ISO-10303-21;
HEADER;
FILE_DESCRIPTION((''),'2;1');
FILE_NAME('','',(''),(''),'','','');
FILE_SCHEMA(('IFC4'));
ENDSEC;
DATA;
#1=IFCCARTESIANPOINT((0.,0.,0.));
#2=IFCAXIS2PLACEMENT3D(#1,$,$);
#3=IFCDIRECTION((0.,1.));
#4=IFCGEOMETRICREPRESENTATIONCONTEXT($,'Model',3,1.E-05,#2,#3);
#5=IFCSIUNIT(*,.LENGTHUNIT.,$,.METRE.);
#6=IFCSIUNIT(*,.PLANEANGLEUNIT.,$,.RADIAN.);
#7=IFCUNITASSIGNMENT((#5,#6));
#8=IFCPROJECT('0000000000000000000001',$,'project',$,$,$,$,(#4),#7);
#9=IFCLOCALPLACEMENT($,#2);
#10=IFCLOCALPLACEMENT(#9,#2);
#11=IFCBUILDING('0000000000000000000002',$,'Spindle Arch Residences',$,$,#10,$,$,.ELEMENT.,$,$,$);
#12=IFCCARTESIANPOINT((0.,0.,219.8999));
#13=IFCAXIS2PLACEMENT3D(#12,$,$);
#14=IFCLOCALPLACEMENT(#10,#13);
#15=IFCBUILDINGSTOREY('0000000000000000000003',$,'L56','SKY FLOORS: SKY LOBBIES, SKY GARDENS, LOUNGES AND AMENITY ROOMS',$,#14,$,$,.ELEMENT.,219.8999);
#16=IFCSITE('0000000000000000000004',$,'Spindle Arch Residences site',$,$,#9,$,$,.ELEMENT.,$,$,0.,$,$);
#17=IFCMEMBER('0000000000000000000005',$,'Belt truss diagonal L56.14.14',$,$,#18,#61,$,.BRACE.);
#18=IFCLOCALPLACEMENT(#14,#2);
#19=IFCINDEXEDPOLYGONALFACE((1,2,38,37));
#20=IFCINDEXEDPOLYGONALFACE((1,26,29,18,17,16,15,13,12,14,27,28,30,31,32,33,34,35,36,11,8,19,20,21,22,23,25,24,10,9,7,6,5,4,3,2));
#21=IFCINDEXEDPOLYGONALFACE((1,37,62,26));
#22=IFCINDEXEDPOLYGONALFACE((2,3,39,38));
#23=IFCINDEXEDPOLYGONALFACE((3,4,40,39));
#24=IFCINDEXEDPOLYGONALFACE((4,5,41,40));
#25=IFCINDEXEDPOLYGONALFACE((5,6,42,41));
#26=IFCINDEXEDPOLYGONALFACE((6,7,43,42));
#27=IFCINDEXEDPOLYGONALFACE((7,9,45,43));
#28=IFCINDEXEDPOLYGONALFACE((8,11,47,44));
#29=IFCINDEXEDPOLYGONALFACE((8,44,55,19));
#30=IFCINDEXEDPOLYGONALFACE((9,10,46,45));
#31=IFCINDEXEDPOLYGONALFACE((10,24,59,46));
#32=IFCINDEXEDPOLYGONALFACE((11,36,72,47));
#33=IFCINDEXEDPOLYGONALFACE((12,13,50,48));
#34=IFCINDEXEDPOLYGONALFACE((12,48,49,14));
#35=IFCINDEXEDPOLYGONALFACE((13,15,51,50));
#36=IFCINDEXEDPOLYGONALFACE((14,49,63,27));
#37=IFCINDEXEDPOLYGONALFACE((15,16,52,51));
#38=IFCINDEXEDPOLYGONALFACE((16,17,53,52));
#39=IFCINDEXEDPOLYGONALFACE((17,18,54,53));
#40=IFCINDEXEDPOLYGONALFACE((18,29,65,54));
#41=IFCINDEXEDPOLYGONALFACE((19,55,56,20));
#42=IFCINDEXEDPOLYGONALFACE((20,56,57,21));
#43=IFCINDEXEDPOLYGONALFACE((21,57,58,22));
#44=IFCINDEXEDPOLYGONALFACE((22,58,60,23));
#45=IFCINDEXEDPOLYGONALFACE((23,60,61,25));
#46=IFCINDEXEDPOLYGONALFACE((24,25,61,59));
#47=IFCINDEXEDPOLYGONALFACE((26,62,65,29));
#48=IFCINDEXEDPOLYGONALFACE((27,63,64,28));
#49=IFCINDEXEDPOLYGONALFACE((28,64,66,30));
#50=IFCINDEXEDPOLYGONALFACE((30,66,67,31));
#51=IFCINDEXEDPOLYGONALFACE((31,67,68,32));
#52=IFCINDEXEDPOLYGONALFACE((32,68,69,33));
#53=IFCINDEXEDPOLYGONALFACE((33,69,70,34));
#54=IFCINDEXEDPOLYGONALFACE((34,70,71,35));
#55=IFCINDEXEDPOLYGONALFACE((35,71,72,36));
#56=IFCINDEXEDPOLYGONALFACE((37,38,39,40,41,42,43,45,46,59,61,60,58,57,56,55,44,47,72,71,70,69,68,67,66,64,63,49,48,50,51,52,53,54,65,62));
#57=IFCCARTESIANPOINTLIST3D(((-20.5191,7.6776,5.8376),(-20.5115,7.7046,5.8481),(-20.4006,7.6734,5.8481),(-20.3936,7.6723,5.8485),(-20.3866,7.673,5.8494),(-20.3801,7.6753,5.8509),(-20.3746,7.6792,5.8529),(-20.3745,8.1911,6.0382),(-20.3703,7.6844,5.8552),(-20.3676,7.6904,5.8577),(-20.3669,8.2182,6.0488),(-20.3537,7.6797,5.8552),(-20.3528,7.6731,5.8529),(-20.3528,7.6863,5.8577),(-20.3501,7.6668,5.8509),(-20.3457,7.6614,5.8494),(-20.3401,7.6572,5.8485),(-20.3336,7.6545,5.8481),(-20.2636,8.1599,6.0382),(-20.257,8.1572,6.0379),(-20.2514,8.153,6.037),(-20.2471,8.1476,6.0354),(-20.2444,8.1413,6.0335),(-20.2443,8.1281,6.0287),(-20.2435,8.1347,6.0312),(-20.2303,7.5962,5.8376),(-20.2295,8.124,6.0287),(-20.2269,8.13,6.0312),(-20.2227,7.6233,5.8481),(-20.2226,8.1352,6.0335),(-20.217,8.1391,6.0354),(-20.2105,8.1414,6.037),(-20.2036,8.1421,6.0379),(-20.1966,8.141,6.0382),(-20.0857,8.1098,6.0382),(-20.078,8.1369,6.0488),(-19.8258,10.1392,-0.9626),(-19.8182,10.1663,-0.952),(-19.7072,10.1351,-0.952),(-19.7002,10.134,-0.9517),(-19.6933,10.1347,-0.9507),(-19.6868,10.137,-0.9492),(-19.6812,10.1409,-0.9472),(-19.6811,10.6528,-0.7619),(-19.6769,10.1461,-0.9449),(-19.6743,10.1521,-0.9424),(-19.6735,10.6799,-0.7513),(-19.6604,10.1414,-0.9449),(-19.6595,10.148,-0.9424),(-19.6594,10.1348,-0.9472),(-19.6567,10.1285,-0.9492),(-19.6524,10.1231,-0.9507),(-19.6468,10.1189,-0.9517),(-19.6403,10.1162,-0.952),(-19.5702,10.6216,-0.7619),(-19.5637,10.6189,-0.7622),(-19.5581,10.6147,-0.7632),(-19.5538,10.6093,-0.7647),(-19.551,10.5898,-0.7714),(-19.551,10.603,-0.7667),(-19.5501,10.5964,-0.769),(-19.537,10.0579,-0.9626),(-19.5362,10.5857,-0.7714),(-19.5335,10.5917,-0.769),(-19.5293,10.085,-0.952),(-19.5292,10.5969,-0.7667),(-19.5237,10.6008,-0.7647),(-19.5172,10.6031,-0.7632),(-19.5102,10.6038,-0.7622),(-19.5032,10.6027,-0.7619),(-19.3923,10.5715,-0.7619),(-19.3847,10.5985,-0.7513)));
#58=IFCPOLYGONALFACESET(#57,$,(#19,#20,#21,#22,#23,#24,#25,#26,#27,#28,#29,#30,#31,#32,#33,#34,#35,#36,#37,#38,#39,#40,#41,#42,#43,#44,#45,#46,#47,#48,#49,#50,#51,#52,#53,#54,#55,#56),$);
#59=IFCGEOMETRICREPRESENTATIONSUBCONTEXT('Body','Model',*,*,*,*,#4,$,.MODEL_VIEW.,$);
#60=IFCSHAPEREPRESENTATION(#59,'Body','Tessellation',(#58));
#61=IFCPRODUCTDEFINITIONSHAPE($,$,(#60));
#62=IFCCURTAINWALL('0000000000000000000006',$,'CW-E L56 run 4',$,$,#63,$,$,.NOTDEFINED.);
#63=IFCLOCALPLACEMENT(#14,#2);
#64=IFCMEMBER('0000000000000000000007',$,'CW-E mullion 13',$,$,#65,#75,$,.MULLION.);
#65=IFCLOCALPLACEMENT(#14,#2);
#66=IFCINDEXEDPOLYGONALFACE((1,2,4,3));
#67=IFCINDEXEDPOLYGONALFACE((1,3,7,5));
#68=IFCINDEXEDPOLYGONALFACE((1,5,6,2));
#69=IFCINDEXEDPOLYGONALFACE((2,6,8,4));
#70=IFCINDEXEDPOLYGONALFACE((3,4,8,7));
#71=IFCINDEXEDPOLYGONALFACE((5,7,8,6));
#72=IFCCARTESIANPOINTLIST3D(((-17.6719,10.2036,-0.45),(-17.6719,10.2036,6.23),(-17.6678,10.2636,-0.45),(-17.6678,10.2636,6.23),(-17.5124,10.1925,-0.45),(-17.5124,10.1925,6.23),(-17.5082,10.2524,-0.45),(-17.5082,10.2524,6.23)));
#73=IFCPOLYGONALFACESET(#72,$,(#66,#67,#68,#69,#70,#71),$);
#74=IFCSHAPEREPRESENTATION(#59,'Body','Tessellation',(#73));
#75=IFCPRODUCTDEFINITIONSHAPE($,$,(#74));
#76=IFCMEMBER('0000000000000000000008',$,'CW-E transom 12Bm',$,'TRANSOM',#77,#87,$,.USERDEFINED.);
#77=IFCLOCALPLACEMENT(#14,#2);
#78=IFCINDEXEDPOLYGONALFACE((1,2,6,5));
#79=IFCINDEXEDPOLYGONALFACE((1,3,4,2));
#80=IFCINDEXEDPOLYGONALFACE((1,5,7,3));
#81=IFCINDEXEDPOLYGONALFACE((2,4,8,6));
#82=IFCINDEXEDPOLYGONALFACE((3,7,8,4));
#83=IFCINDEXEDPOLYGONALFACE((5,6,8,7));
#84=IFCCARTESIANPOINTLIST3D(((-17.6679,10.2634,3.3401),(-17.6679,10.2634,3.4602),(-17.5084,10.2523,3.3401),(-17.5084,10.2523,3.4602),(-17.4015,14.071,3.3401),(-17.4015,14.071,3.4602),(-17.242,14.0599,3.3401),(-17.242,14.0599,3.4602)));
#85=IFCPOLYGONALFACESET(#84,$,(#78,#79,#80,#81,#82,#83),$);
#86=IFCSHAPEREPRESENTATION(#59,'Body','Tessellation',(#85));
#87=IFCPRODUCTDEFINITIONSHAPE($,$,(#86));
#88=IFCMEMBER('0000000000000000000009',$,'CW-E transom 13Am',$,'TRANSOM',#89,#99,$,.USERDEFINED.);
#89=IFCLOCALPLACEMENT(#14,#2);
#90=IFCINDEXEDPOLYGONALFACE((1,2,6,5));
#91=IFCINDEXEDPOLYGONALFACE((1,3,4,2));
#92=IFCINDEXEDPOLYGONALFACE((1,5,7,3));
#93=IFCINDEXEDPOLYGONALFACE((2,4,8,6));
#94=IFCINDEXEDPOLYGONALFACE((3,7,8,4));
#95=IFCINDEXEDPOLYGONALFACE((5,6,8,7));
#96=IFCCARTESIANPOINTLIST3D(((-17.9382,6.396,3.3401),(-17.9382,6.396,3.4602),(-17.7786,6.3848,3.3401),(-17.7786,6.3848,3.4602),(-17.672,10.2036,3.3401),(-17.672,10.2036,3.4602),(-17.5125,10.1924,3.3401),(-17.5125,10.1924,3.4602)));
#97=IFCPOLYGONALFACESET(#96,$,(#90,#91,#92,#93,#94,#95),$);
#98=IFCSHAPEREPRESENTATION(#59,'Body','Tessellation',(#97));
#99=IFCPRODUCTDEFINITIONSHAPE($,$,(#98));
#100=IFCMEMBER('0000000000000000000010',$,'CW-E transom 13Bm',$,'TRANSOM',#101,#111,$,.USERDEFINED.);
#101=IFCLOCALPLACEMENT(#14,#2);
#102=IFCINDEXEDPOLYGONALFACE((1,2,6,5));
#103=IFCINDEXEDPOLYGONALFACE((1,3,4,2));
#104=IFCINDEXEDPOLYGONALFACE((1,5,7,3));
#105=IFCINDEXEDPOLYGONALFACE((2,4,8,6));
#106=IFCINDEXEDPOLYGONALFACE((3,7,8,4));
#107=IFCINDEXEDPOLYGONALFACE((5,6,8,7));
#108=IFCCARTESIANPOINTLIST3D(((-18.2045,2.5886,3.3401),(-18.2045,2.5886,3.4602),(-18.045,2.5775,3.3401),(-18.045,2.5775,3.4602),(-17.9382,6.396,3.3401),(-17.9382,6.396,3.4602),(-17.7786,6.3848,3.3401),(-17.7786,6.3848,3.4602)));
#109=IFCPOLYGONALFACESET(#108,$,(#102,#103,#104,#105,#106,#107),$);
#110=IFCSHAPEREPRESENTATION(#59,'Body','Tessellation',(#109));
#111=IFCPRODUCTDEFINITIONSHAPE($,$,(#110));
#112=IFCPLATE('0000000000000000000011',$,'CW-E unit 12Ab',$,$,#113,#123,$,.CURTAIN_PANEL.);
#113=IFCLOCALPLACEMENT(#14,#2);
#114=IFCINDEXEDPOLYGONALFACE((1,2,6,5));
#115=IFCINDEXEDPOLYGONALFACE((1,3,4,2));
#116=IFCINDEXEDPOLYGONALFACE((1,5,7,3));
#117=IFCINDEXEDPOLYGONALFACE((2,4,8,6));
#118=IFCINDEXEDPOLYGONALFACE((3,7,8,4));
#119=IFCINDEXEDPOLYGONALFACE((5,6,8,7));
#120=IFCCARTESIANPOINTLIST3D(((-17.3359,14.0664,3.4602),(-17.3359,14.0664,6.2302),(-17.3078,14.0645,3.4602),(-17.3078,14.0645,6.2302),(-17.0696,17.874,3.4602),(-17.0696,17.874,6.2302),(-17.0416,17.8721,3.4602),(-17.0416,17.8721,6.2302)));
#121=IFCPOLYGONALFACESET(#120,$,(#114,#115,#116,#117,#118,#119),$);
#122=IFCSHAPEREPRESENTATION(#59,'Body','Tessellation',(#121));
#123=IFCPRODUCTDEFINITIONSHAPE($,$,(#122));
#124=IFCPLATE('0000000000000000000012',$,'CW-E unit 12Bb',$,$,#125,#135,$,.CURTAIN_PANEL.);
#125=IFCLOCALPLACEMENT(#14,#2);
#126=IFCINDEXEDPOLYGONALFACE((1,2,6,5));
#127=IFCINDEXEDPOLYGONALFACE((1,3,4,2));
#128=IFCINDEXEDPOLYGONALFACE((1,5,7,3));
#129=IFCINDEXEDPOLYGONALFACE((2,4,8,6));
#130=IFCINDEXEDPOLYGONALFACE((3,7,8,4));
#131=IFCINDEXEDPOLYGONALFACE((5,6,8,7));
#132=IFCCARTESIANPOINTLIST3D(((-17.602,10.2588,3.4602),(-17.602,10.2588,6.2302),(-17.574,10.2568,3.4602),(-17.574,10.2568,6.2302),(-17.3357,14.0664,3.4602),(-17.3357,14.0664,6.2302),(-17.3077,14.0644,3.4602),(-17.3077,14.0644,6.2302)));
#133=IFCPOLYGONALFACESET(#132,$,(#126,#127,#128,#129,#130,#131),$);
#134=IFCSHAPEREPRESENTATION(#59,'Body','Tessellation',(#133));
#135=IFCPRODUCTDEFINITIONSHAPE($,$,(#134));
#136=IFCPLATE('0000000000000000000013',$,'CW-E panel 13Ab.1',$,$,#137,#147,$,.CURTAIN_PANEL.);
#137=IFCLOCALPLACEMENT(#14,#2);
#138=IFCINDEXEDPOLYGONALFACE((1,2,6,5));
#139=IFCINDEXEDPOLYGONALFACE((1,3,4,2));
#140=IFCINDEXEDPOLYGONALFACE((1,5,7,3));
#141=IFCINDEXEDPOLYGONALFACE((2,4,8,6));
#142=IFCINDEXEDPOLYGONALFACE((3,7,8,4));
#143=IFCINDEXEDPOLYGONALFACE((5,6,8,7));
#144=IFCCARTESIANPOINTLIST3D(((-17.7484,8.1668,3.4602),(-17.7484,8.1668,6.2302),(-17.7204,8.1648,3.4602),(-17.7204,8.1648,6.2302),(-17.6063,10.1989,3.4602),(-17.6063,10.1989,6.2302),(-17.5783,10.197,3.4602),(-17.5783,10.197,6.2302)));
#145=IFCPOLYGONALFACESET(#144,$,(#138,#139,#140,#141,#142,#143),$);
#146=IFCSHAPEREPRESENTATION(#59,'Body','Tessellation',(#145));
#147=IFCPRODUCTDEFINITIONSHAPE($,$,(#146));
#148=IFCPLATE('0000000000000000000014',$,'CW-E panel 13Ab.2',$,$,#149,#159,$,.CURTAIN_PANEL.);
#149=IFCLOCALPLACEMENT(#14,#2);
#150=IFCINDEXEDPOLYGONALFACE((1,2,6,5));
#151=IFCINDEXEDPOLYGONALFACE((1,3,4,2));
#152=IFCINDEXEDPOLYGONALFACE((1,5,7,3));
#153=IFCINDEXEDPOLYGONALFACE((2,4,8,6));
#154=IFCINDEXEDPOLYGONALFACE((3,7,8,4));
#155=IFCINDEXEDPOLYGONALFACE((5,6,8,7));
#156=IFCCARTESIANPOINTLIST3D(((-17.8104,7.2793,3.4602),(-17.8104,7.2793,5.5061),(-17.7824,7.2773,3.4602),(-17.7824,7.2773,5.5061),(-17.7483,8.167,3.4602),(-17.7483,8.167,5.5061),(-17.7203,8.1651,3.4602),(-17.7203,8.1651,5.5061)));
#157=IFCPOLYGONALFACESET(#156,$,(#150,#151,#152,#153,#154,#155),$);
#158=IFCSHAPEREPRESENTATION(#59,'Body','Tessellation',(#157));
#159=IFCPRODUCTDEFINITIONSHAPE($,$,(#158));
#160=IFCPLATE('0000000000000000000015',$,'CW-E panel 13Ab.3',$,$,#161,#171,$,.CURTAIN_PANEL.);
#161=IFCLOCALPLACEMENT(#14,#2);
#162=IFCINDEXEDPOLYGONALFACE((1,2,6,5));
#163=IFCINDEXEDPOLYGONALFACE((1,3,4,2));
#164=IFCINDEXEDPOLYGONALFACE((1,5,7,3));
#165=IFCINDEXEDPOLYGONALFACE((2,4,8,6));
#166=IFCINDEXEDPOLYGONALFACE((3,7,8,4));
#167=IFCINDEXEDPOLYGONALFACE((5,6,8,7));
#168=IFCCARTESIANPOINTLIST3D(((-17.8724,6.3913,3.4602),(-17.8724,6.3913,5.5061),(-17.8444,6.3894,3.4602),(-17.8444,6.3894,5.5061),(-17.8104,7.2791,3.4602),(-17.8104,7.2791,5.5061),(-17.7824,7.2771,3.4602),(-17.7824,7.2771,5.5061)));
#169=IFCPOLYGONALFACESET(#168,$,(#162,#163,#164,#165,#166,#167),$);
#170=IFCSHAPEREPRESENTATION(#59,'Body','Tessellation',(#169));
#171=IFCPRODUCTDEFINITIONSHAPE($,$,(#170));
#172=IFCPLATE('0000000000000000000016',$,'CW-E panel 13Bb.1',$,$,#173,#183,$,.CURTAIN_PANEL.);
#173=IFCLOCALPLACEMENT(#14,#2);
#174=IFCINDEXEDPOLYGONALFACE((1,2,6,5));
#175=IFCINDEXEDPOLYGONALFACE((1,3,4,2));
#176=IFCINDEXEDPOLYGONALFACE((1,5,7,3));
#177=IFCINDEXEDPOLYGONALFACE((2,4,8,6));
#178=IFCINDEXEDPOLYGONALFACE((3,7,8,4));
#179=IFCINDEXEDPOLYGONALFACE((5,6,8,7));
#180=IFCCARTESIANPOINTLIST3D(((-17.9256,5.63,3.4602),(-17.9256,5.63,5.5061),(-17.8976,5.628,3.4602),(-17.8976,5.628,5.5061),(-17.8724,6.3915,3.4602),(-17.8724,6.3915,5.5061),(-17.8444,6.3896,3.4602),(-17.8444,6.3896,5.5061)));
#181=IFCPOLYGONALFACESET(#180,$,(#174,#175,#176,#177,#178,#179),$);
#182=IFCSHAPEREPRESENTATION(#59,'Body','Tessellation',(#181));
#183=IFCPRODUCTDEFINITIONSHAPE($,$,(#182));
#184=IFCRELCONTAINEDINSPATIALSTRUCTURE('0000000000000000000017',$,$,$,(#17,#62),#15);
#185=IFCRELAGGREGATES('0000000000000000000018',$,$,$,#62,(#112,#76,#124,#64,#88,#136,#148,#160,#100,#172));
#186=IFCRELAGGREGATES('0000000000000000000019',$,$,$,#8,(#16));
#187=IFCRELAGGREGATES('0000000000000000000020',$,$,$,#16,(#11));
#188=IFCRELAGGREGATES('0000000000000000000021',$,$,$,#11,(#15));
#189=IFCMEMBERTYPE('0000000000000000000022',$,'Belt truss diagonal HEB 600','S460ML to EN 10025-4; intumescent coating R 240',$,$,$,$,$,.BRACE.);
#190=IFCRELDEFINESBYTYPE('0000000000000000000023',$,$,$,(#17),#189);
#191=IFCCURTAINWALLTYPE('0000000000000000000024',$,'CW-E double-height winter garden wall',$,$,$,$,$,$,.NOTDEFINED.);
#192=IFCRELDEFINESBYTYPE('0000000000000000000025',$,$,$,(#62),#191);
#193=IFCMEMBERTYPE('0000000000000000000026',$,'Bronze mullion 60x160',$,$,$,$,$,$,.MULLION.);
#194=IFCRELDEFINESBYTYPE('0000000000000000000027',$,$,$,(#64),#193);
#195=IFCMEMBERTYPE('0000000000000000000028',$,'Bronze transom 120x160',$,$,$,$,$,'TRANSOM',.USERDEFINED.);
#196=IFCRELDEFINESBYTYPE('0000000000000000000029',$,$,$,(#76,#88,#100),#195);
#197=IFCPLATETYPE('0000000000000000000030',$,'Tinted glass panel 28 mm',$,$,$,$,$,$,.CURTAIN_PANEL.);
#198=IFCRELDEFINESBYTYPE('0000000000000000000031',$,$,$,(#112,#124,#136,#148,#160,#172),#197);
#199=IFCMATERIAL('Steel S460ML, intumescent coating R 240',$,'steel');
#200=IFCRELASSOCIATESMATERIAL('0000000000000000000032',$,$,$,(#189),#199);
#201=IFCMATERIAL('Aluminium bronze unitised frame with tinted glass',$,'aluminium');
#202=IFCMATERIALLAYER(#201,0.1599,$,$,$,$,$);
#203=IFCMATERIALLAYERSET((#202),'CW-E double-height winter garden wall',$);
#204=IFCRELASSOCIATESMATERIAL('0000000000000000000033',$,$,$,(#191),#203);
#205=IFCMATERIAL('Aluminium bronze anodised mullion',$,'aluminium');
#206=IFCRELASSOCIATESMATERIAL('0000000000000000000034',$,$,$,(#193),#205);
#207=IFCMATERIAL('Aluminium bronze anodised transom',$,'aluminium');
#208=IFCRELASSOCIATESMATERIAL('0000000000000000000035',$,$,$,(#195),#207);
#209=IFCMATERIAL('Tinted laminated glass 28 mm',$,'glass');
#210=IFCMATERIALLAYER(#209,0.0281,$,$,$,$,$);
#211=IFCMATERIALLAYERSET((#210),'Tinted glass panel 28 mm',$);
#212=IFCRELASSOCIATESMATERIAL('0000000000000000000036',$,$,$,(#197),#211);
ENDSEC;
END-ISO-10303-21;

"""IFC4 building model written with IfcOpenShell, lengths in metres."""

from ifc_helpers import new_model, si_unit, direction, frame, origin, origin_2d, place, context, subcontext, project, spatial, rectangle, i_section, extrude, material, layer, layer_set, material_profile, profile_set, type_object, element, aggregate, save


model = new_model("IFC4")

# Units and contexts
model_context = context("Model", 3, precision=1e-05, world=origin(), true_north=direction((0.0, 1.0)))
body_context = subcontext(model_context, "Body", "Model", "MODEL_VIEW")
ifc_project = project(units=[si_unit("LENGTHUNIT", "METRE"), si_unit("PLANEANGLEUNIT", "RADIAN")], contexts=[model_context])

# Site, building, storey
site_placement = place(None, origin())
site = spatial("IfcSite", under=ifc_project, at=site_placement, Name="Spindle Arch Residences site", CompositionType="ELEMENT", RefElevation=0.0)
building_placement = place(site_placement, origin())
building = spatial("IfcBuilding", under=site, at=building_placement, Name="Spindle Arch Residences", CompositionType="ELEMENT")
storey_placement = place(building_placement, frame((0.0, 0.0, 219.8999)))
storey = spatial("IfcBuildingStorey", under=building, at=storey_placement, Name="L56", Description="SKY FLOORS: SKY LOBBIES, SKY GARDENS, LOUNGES AND AMENITY ROOMS", CompositionType="ELEMENT", Elevation=219.8999)

# Member
ifc_material_1 = material(Name="Steel S460ML, intumescent coating R 240", Category="steel")
ifc_material_profile_1 = material_profile(ifc_material_1, i_section(OverallWidth=0.3, OverallDepth=0.6001, WebThickness=0.0154, FlangeThickness=0.03, FilletRadius=0.0271, at=origin_2d()), Name="HEB 600")
ifc_profile_set_1 = profile_set([ifc_material_profile_1], Name="Steel S460ML, intumescent coating R 240")
member_type_1 = type_object("IfcMemberType", Name="Belt truss diagonal HEB 600", Description="S460ML to EN 10025-4; intumescent coating R 240", PredefinedType="BRACE", material=ifc_profile_set_1)
member_1_placement = place(storey_placement, frame((-19.6052, 10.3689, -0.8569), z_axis=(-0.095437, -0.338836, 0.935992), x_axis=(0.962547, -0.271113, 0.0)))
element("IfcMember", 1, at=member_1_placement, inside=storey, type_object=member_type_1, Name="Belt truss diagonal L56.14.14", PredefinedType="BRACE", context=body_context, shape_type="SweptSolid", body=[
    extrude(i_section(OverallWidth=0.3, OverallDepth=0.6001, WebThickness=0.0154, FlangeThickness=0.03, FilletRadius=0.0271, at=origin_2d()), origin(), (0.0, 0.0, 1.0), 7.2651),
])

# Curtain wall, members, plates
ifc_material_2 = material(Name="Aluminium bronze unitised frame with tinted glass", Category="aluminium")
ifc_layer_1 = layer(ifc_material_2, 0.1599)
ifc_layer_set_1 = layer_set([ifc_layer_1], Name="CW-E double-height winter garden wall")
curtain_wall_type = type_object("IfcCurtainWallType", Name="CW-E double-height winter garden wall", PredefinedType="NOTDEFINED", material=ifc_layer_set_1)
curtain_wall_placement = place(storey_placement, origin())
curtain_wall = element("IfcCurtainWall", 2, at=curtain_wall_placement, inside=storey, type_object=curtain_wall_type, Name="CW-E L56 run 4", PredefinedType="NOTDEFINED")
ifc_material_3 = material(Name="Aluminium bronze anodised mullion", Category="aluminium")
ifc_material_profile_2 = material_profile(ifc_material_3, rectangle(XDim=0.1599, YDim=0.0601, at=origin_2d()), Name="MU 60x160")
ifc_profile_set_2 = profile_set([ifc_material_profile_2], Name="Aluminium bronze anodised mullion")
member_type_2 = type_object("IfcMemberType", Name="Bronze mullion 60x160", PredefinedType="MULLION", material=ifc_profile_set_2)
member_2_placement = place(storey_placement, frame((-17.5901, 10.228, -0.45), z_axis=(0.0, 0.0, 1.0), x_axis=(0.997564, -0.069756, 0.0)))
member_2 = element("IfcMember", 3, at=member_2_placement, type_object=member_type_2, Name="CW-E mullion 13", PredefinedType="MULLION", context=body_context, shape_type="SweptSolid", body=[
    extrude(rectangle(XDim=0.1599, YDim=0.0601, at=origin_2d()), origin(), (0.0, 0.0, 1.0), 6.6799),
])
ifc_material_4 = material(Name="Aluminium bronze anodised transom", Category="aluminium")
ifc_material_profile_3 = material_profile(ifc_material_4, rectangle(XDim=0.1599, YDim=0.1201, at=origin_2d()), Name="TR 120x160")
ifc_profile_set_3 = profile_set([ifc_material_profile_3], Name="Aluminium bronze anodised transom")
member_type_3 = type_object("IfcMemberType", Name="Bronze transom 120x160", ElementType="TRANSOM", PredefinedType="USERDEFINED", material=ifc_profile_set_3)
member_3_placement = place(storey_placement, frame((-17.3218, 14.0654, 3.4001), z_axis=(-0.069783, -0.997562, 0.0), x_axis=(0.997562, -0.069783, 0.0)))
member_3 = element("IfcMember", 4, at=member_3_placement, type_object=member_type_3, Name="CW-E transom 12Bm", ObjectType="TRANSOM", PredefinedType="USERDEFINED", context=body_context, shape_type="SweptSolid", body=[
    extrude(rectangle(XDim=0.1599, YDim=0.1201, at=origin_2d()), origin(), (0.0, 0.0, 1.0), 3.8169),
])
member_4_placement = place(storey_placement, frame((-17.5923, 10.198, 3.4001), z_axis=(-0.06972, -0.997567, 0.0), x_axis=(0.997567, -0.06972, 0.0)))
member_4 = element("IfcMember", 5, at=member_4_placement, type_object=member_type_3, Name="CW-E transom 13Am", ObjectType="TRANSOM", PredefinedType="USERDEFINED", context=body_context, shape_type="SweptSolid", body=[
    extrude(rectangle(XDim=0.1599, YDim=0.1201, at=origin_2d()), origin(), (0.0, 0.0, 1.0), 3.8169),
])
member_5_placement = place(storey_placement, frame((-17.8584, 6.3904, 3.4001), z_axis=(-0.069788, -0.997562, 0.0), x_axis=(0.997562, -0.069788, 0.0)))
member_5 = element("IfcMember", 6, at=member_5_placement, type_object=member_type_3, Name="CW-E transom 13Bm", ObjectType="TRANSOM", PredefinedType="USERDEFINED", context=body_context, shape_type="SweptSolid", body=[
    extrude(rectangle(XDim=0.1599, YDim=0.1201, at=origin_2d()), origin(), (0.0, 0.0, 1.0), 3.8167),
])
ifc_material_5 = material(Name="Tinted laminated glass 28 mm", Category="glass")
ifc_layer_2 = layer(ifc_material_5, 0.0281)
ifc_layer_set_2 = layer_set([ifc_layer_2], Name="Tinted glass panel 28 mm")
plate_type_1 = type_object("IfcPlateType", Name="Tinted glass panel 28 mm", PredefinedType="CURTAIN_PANEL", material=ifc_layer_set_2)
plate_1_placement = place(storey_placement, frame((-17.1887, 15.9692, 3.4602), z_axis=(0.0, 0.0, 1.0), x_axis=(-0.069756, -0.997564, 0.0)))
plate_1 = element("IfcPlate", 7, at=plate_1_placement, type_object=plate_type_1, Name="CW-E unit 12Ab", PredefinedType="CURTAIN_PANEL", context=body_context, shape_type="SweptSolid", body=[
    extrude(rectangle(XDim=3.8169, YDim=0.0281, at=origin_2d()), origin(), (0.0, 0.0, 1.0), 2.77),
])
plate_2_placement = place(storey_placement, frame((-17.4548, 12.1616, 3.4602), z_axis=(0.0, 0.0, 1.0), x_axis=(-0.069756, -0.997564, 0.0)))
plate_2 = element("IfcPlate", 8, at=plate_2_placement, type_object=plate_type_1, Name="CW-E unit 12Bb", PredefinedType="CURTAIN_PANEL", context=body_context, shape_type="SweptSolid", body=[
    extrude(rectangle(XDim=3.8169, YDim=0.0281, at=origin_2d()), origin(), (0.0, 0.0, 1.0), 2.77),
])
plate_3_placement = place(storey_placement, frame((-17.6633, 9.1819, 3.4602), z_axis=(0.0, 0.0, 1.0), x_axis=(-0.069756, -0.997564, 0.0)))
plate_3 = element("IfcPlate", 9, at=plate_3_placement, type_object=plate_type_1, Name="CW-E panel 13Ab.1", PredefinedType="CURTAIN_PANEL", context=body_context, shape_type="SweptSolid", body=[
    extrude(rectangle(XDim=2.0371, YDim=0.0281, at=origin_2d()), origin(), (0.0, 0.0, 1.0), 2.77),
])
plate_4_placement = place(storey_placement, frame((-17.7654, 7.7222, 3.4602), z_axis=(0.0, 0.0, 1.0), x_axis=(-0.069756, -0.997564, 0.0)))
plate_4 = element("IfcPlate", 10, at=plate_4_placement, type_object=plate_type_1, Name="CW-E panel 13Ab.2", PredefinedType="CURTAIN_PANEL", context=body_context, shape_type="SweptSolid", body=[
    extrude(rectangle(XDim=0.8899, YDim=0.0281, at=origin_2d()), origin(), (0.0, 0.0, 1.0), 2.0459),
])
plate_5_placement = place(storey_placement, frame((-17.8274, 6.8342, 3.4602), z_axis=(0.0, 0.0, 1.0), x_axis=(-0.069756, -0.997564, 0.0)))
plate_5 = element("IfcPlate", 11, at=plate_5_placement, type_object=plate_type_1, Name="CW-E panel 13Ab.3", PredefinedType="CURTAIN_PANEL", context=body_context, shape_type="SweptSolid", body=[
    extrude(rectangle(XDim=0.8899, YDim=0.0281, at=origin_2d()), origin(), (0.0, 0.0, 1.0), 2.0459),
])
plate_6_placement = place(storey_placement, frame((-17.885, 6.0098, 3.4602), z_axis=(0.0, 0.0, 1.0), x_axis=(-0.069756, -0.997564, 0.0)))
plate_6 = element("IfcPlate", 12, at=plate_6_placement, type_object=plate_type_1, Name="CW-E panel 13Bb.1", PredefinedType="CURTAIN_PANEL", context=body_context, shape_type="SweptSolid", body=[
    extrude(rectangle(XDim=0.7634, YDim=0.0281, at=origin_2d()), origin(), (0.0, 0.0, 1.0), 2.0459),
])
aggregate(curtain_wall, [plate_1, member_3, plate_2, member_2, member_4, plate_3, plate_4, plate_5, member_5, plate_6])

save(model, "model.ifc")
